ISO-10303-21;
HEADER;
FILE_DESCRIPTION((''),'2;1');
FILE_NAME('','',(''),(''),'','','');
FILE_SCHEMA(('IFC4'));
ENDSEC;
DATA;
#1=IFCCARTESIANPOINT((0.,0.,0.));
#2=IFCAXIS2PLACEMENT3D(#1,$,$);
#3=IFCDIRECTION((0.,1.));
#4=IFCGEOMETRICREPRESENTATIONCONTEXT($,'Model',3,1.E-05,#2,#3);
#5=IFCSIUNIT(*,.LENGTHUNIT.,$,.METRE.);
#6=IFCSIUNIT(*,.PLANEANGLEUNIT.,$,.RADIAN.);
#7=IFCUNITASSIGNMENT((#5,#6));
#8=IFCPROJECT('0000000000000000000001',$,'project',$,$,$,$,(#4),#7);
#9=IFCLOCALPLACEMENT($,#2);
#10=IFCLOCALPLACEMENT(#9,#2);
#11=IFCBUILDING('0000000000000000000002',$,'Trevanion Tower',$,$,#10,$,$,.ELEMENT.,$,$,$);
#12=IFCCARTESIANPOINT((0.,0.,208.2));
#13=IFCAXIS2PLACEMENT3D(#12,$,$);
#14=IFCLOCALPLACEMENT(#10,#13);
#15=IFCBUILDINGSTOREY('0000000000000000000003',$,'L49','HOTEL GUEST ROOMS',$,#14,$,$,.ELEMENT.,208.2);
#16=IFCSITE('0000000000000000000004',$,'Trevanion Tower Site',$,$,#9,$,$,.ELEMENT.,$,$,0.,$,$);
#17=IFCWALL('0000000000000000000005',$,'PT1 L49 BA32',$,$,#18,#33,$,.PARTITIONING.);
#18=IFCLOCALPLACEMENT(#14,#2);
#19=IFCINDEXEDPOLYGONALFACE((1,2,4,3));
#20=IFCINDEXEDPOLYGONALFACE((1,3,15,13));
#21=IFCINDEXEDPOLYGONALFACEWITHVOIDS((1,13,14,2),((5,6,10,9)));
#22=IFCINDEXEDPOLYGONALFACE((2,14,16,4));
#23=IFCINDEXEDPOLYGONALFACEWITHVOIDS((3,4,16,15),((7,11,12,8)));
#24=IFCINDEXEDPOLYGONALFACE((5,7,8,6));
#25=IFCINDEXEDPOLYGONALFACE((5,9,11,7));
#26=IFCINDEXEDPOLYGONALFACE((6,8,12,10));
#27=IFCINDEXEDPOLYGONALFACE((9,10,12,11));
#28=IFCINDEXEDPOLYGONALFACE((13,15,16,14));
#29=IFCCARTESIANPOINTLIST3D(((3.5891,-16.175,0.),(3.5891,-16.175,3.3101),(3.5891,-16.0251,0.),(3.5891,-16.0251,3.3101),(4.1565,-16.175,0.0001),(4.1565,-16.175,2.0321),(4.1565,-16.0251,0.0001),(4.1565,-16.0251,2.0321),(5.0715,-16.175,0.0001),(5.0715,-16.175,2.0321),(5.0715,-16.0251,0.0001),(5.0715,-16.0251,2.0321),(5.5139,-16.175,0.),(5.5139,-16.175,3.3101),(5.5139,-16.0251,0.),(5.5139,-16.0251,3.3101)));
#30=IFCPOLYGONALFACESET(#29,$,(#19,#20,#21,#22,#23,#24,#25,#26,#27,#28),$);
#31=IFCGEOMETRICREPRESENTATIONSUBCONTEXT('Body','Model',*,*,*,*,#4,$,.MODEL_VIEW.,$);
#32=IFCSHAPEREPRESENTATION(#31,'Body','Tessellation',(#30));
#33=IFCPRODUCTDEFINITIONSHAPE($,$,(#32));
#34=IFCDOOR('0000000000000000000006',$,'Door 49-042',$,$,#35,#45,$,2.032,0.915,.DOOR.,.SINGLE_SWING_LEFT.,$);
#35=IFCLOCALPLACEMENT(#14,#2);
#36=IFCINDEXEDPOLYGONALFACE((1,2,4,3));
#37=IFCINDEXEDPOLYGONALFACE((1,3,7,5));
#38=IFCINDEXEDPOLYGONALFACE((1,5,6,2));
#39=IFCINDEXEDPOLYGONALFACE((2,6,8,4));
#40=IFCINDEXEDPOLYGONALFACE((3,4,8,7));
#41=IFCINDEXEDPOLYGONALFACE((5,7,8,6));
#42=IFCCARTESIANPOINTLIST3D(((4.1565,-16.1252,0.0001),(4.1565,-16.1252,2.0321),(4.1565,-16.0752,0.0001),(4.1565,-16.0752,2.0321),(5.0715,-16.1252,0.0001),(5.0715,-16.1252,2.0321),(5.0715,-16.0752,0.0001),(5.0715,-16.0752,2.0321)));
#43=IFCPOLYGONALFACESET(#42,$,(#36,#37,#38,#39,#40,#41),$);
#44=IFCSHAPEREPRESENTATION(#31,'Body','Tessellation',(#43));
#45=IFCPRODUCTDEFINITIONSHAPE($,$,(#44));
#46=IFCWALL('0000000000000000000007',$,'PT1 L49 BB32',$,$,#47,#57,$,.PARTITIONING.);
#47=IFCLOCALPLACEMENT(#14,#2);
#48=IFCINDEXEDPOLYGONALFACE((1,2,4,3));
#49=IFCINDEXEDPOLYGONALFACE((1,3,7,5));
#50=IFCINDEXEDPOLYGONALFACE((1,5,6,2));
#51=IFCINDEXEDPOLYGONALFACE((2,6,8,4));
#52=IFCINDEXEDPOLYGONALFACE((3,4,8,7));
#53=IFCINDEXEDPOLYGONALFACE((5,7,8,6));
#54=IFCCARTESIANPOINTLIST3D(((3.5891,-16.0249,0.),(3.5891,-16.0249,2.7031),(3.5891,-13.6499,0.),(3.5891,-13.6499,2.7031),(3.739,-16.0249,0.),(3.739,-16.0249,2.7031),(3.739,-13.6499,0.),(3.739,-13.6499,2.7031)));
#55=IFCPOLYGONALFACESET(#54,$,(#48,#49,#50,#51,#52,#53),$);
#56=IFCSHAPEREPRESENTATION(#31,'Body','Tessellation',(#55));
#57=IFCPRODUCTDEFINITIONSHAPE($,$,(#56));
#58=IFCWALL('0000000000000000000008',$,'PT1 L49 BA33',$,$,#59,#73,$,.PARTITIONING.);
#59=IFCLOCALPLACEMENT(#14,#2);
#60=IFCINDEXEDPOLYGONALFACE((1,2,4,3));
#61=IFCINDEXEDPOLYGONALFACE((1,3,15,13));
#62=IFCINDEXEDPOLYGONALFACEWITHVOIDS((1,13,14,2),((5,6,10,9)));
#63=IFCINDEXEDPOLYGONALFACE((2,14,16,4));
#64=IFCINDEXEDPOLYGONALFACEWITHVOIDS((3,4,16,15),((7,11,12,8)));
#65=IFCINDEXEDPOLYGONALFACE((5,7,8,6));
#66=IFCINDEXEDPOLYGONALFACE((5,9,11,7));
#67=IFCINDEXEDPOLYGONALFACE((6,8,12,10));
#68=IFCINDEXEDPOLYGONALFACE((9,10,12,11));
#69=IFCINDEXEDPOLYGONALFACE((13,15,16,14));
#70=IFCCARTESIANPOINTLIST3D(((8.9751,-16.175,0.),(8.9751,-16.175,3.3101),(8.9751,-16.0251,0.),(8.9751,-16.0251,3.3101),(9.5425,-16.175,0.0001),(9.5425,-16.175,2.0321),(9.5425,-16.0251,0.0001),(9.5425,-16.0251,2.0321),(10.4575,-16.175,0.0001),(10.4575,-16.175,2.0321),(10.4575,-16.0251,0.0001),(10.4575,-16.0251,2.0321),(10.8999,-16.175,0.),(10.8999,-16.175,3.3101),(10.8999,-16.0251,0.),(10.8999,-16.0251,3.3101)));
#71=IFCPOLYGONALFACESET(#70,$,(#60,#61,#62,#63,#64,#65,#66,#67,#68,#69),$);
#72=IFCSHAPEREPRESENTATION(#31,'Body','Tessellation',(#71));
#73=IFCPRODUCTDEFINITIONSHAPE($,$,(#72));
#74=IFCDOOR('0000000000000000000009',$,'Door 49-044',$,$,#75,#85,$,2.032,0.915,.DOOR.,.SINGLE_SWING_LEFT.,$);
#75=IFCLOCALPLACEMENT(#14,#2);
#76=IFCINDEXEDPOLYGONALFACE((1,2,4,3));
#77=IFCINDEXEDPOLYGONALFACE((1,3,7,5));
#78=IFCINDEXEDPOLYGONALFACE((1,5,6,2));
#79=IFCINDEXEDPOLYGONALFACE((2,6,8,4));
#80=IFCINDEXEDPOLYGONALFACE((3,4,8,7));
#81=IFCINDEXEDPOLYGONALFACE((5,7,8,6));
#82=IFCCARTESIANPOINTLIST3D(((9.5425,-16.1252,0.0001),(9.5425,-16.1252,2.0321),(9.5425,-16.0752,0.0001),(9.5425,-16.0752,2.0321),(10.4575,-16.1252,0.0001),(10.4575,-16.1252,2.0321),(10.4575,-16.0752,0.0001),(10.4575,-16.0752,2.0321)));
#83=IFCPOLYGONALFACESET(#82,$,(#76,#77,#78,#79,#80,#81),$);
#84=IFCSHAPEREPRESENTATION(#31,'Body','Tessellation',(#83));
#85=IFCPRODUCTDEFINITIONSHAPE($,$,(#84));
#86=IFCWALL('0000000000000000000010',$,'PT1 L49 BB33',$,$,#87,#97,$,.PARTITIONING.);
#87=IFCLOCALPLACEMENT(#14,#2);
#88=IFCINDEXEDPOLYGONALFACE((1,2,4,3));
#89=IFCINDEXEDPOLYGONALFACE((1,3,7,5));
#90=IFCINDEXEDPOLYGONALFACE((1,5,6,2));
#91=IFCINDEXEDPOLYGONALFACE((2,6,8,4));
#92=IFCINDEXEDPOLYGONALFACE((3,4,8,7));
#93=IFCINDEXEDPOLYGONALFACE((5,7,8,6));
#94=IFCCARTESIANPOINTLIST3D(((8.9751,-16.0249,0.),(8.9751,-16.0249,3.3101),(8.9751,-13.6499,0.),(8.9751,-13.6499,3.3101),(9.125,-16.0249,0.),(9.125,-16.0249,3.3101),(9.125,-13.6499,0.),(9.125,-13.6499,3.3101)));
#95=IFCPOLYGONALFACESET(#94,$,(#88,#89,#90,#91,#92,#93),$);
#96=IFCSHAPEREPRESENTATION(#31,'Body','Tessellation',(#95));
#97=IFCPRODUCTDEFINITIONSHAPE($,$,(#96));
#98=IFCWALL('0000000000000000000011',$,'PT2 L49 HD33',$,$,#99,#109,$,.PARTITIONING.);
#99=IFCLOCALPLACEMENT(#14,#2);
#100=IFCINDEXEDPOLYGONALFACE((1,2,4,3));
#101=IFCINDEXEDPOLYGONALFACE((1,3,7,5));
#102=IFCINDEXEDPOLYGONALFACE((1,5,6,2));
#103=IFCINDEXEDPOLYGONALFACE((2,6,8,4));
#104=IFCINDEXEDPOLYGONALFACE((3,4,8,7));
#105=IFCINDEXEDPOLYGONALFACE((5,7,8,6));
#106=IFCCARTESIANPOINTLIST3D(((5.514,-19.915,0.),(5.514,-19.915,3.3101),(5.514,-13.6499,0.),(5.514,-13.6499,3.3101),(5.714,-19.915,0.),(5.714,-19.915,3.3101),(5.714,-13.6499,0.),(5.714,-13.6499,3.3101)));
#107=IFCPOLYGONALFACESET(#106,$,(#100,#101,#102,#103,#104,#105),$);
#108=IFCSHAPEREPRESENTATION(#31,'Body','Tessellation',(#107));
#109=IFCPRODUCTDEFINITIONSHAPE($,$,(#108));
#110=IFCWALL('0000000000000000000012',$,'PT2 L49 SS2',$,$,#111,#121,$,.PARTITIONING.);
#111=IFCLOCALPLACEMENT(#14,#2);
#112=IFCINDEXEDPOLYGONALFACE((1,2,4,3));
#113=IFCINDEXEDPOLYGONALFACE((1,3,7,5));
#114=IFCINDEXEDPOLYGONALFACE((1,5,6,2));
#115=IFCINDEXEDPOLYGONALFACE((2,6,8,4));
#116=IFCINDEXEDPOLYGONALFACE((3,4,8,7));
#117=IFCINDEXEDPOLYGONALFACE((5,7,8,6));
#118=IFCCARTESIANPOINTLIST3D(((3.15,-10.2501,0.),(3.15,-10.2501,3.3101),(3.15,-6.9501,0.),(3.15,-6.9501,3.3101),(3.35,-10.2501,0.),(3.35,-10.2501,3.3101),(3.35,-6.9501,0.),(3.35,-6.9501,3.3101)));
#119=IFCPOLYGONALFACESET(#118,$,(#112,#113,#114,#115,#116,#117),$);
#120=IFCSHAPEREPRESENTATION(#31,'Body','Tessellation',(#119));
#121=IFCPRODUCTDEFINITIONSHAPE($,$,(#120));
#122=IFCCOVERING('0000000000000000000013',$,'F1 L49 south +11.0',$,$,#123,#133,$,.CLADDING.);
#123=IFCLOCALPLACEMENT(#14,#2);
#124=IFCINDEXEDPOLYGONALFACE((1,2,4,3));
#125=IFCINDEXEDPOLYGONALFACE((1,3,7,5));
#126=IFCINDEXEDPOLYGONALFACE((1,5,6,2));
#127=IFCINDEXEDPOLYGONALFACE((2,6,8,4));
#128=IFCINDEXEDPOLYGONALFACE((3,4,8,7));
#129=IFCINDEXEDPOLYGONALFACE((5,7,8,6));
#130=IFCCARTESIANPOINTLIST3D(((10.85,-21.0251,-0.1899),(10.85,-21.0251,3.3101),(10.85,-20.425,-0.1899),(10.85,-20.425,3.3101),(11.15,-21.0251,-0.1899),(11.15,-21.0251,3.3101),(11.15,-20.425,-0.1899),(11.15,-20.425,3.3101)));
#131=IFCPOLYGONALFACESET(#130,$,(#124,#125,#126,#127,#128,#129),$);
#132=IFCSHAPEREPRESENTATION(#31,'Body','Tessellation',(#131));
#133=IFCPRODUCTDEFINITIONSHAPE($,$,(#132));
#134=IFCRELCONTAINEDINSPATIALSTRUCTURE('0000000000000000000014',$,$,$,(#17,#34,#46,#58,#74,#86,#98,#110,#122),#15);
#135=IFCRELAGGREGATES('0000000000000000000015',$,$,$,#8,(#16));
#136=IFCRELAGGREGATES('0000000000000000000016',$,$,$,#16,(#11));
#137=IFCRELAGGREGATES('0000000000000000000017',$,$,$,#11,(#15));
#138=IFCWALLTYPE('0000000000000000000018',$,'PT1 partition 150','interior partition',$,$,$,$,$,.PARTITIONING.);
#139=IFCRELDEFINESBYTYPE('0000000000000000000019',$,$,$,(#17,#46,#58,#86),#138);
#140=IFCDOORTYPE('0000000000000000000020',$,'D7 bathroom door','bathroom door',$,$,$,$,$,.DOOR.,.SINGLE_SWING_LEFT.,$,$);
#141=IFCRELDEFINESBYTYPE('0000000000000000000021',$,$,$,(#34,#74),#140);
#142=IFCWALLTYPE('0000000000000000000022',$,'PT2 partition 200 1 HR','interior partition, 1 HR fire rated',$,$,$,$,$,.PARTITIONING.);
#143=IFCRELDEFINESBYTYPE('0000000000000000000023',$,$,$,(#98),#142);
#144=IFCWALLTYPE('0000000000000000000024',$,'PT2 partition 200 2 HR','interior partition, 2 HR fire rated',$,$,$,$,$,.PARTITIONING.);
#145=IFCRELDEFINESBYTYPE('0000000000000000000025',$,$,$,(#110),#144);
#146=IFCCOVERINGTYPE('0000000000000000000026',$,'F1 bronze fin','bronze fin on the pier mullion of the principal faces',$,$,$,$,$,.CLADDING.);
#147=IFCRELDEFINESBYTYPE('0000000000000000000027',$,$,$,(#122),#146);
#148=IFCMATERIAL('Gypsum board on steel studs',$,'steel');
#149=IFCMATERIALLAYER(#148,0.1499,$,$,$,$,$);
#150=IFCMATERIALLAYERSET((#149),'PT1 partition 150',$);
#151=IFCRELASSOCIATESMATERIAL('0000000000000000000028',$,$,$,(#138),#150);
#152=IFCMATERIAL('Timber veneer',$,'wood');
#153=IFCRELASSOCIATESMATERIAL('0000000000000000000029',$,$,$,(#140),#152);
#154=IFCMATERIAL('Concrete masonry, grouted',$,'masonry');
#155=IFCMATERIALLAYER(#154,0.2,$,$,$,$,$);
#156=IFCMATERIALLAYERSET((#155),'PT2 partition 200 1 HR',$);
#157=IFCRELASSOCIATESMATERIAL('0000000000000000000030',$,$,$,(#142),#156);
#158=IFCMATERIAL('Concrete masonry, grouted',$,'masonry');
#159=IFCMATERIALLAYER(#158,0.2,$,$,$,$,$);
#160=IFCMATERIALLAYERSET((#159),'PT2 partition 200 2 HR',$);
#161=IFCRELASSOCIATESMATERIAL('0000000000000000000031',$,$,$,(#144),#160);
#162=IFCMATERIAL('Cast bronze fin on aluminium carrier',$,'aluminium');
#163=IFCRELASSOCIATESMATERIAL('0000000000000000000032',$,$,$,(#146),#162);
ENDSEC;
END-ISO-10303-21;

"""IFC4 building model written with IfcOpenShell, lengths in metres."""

from ifc_helpers import new_model, si_unit, direction, frame, frame_2d, origin, origin_2d, place, context, subcontext, project, spatial, rectangle, extrude, material, layer, layer_set, type_object, element, fill, save


model = new_model("IFC4")

# Units and contexts
model_context = context("Model", 3, precision=1e-05, world=origin(), true_north=direction((0.0, 1.0)))
body_context = subcontext(model_context, "Body", "Model", "MODEL_VIEW")
ifc_project = project(units=[si_unit("LENGTHUNIT", "METRE"), si_unit("PLANEANGLEUNIT", "RADIAN")], contexts=[model_context])

# Site, building, storey
site_placement = place(None, origin())
site = spatial("IfcSite", under=ifc_project, at=site_placement, Name="Trevanion Tower Site", CompositionType="ELEMENT", RefElevation=0.0)
building_placement = place(site_placement, origin())
building = spatial("IfcBuilding", under=site, at=building_placement, Name="Trevanion Tower", CompositionType="ELEMENT")
storey_placement = place(building_placement, frame((0.0, 0.0, 208.2)))
storey = spatial("IfcBuildingStorey", under=building, at=storey_placement, Name="L49", Description="HOTEL GUEST ROOMS", CompositionType="ELEMENT", Elevation=208.2)

# Wall, opening, door
ifc_material_1 = material(Name="Gypsum board on steel studs", Category="steel")
ifc_layer_1 = layer(ifc_material_1, 0.1499)
ifc_layer_set_1 = layer_set([ifc_layer_1], Name="PT1 partition 150")
wall_type_1 = type_object("IfcWallType", Name="PT1 partition 150", Description="interior partition", PredefinedType="PARTITIONING", material=ifc_layer_set_1)
wall_1_placement = place(storey_placement, frame((3.5891, -16.1001, 0.0), z_axis=(0.0, 0.0, 1.0), x_axis=(1.0, 0.0, 0.0)))
wall_1 = element("IfcWall", 1, at=wall_1_placement, inside=storey, type_object=wall_type_1, Name="PT1 L49 BA32", PredefinedType="PARTITIONING", context=body_context, shape_type="SweptSolid", body=[
    extrude(rectangle(XDim=1.9248, YDim=0.1499, at=frame_2d((0.9624, 0.0))), origin(), (0.0, 0.0, 1.0), 3.3101),
])
opening_1_placement = place(wall_1_placement, frame((0.5674, 0.0, 0.0)))
opening_1 = element("IfcOpeningElement", 2, at=opening_1_placement, cuts=wall_1, PredefinedType="OPENING", context=body_context, shape_type="SweptSolid", body=[
    extrude(rectangle(XDim=0.915, YDim=2.032, at=frame_2d((0.4575, 1.0161))), frame((0.0, 0.085, 0.0), z_axis=(0.0, -1.0, 0.0), x_axis=(1.0, 0.0, 0.0)), (0.0, 0.0, 1.0), 0.1699),
])
ifc_material_2 = material(Name="Timber veneer", Category="wood")
door_type = type_object("IfcDoorType", Name="D7 bathroom door", Description="bathroom door", OperationType="SINGLE_SWING_LEFT", PredefinedType="DOOR", material=ifc_material_2)
door_1_placement = place(opening_1_placement, origin())
door_1 = element("IfcDoor", 3, at=door_1_placement, inside=storey, type_object=door_type, Name="Door 49-042", OperationType="SINGLE_SWING_LEFT", OverallHeight=2.032, OverallWidth=0.915, PredefinedType="DOOR", context=body_context, shape_type="SweptSolid", body=[
    extrude(rectangle(XDim=0.915, YDim=2.032, at=frame_2d((0.4575, 1.0161))), frame((0.0, 0.0249, 0.0), z_axis=(0.0, -1.0, 0.0), x_axis=(1.0, 0.0, 0.0)), (0.0, 0.0, 1.0), 0.05),
])
fill(opening_1, door_1)

# Wall
wall_2_placement = place(storey_placement, frame((3.6641, -13.6499, 0.0), z_axis=(0.0, 0.0, 1.0), x_axis=(0.0, -1.0, 0.0)))
element("IfcWall", 4, at=wall_2_placement, inside=storey, type_object=wall_type_1, Name="PT1 L49 BB32", PredefinedType="PARTITIONING", context=body_context, shape_type="SweptSolid", body=[
    extrude(rectangle(XDim=2.375, YDim=0.1499, at=frame_2d((1.1875, 0.0))), origin(), (0.0, 0.0, 1.0), 2.7031),
])

# Wall, opening, door
wall_3_placement = place(storey_placement, frame((8.9751, -16.1001, 0.0), z_axis=(0.0, 0.0, 1.0), x_axis=(1.0, 0.0, 0.0)))
wall_3 = element("IfcWall", 5, at=wall_3_placement, inside=storey, type_object=wall_type_1, Name="PT1 L49 BA33", PredefinedType="PARTITIONING", context=body_context, shape_type="SweptSolid", body=[
    extrude(rectangle(XDim=1.9248, YDim=0.1499, at=frame_2d((0.9624, 0.0))), origin(), (0.0, 0.0, 1.0), 3.3101),
])
opening_2_placement = place(wall_3_placement, frame((0.5674, 0.0, 0.0)))
opening_2 = element("IfcOpeningElement", 6, at=opening_2_placement, cuts=wall_3, PredefinedType="OPENING", context=body_context, shape_type="SweptSolid", body=[
    extrude(rectangle(XDim=0.915, YDim=2.032, at=frame_2d((0.4575, 1.0161))), frame((0.0, 0.085, 0.0), z_axis=(0.0, -1.0, 0.0), x_axis=(1.0, 0.0, 0.0)), (0.0, 0.0, 1.0), 0.1699),
])
door_2_placement = place(opening_2_placement, origin())
door_2 = element("IfcDoor", 7, at=door_2_placement, inside=storey, type_object=door_type, Name="Door 49-044", OperationType="SINGLE_SWING_LEFT", OverallHeight=2.032, OverallWidth=0.915, PredefinedType="DOOR", context=body_context, shape_type="SweptSolid", body=[
    extrude(rectangle(XDim=0.915, YDim=2.032, at=frame_2d((0.4575, 1.0161))), frame((0.0, 0.0249, 0.0), z_axis=(0.0, -1.0, 0.0), x_axis=(1.0, 0.0, 0.0)), (0.0, 0.0, 1.0), 0.05),
])
fill(opening_2, door_2)

# Walls
wall_4_placement = place(storey_placement, frame((9.05, -13.6499, 0.0), z_axis=(0.0, 0.0, 1.0), x_axis=(0.0, -1.0, 0.0)))
element("IfcWall", 8, at=wall_4_placement, inside=storey, type_object=wall_type_1, Name="PT1 L49 BB33", PredefinedType="PARTITIONING", context=body_context, shape_type="SweptSolid", body=[
    extrude(rectangle(XDim=2.375, YDim=0.1499, at=frame_2d((1.1875, 0.0))), origin(), (0.0, 0.0, 1.0), 3.3101),
])
ifc_material_3 = material(Name="Concrete masonry, grouted", Category="masonry")
ifc_layer_2 = layer(ifc_material_3, 0.2)
ifc_layer_set_2 = layer_set([ifc_layer_2], Name="PT2 partition 200 1 HR")
wall_type_2 = type_object("IfcWallType", Name="PT2 partition 200 1 HR", Description="interior partition, 1 HR fire rated", PredefinedType="PARTITIONING", material=ifc_layer_set_2)
wall_5_placement = place(storey_placement, frame((5.614, -13.6499, 0.0), z_axis=(0.0, 0.0, 1.0), x_axis=(0.0, -1.0, 0.0)))
element("IfcWall", 9, at=wall_5_placement, inside=storey, type_object=wall_type_2, Name="PT2 L49 HD33", PredefinedType="PARTITIONING", context=body_context, shape_type="SweptSolid", body=[
    extrude(rectangle(XDim=6.2651, YDim=0.2, at=frame_2d((3.1326, 0.0))), origin(), (0.0, 0.0, 1.0), 3.3101),
])
ifc_material_4 = material(Name="Concrete masonry, grouted", Category="masonry")
ifc_layer_3 = layer(ifc_material_4, 0.2)
ifc_layer_set_3 = layer_set([ifc_layer_3], Name="PT2 partition 200 2 HR")
wall_type_3 = type_object("IfcWallType", Name="PT2 partition 200 2 HR", Description="interior partition, 2 HR fire rated", PredefinedType="PARTITIONING", material=ifc_layer_set_3)
wall_6_placement = place(storey_placement, frame((3.25, -10.25, 0.0), z_axis=(0.0, 0.0, 1.0), x_axis=(0.0, 1.0, 0.0)))
element("IfcWall", 10, at=wall_6_placement, inside=storey, type_object=wall_type_3, Name="PT2 L49 SS2", PredefinedType="PARTITIONING", context=body_context, shape_type="SweptSolid", body=[
    extrude(rectangle(XDim=3.3, YDim=0.2, at=frame_2d((1.6499, 0.0))), origin(), (0.0, 0.0, 1.0), 3.3101),
])

# Covering
ifc_material_5 = material(Name="Cast bronze fin on aluminium carrier", Category="aluminium")
covering_type = type_object("IfcCoveringType", Name="F1 bronze fin", Description="bronze fin on the pier mullion of the principal faces", PredefinedType="CLADDING", material=ifc_material_5)
covering_placement = place(storey_placement, frame((11.0, -20.7251, -0.1899), z_axis=(0.0, 0.0, 1.0), x_axis=(1.0, 0.0, 0.0)))
element("IfcCovering", 11, at=covering_placement, inside=storey, type_object=covering_type, Name="F1 L49 south +11.0", PredefinedType="CLADDING", context=body_context, shape_type="SweptSolid", body=[
    extrude(rectangle(XDim=0.3, YDim=0.6001, at=origin_2d()), origin(), (0.0, 0.0, 1.0), 3.5),
])

save(model, "model.ifc")
